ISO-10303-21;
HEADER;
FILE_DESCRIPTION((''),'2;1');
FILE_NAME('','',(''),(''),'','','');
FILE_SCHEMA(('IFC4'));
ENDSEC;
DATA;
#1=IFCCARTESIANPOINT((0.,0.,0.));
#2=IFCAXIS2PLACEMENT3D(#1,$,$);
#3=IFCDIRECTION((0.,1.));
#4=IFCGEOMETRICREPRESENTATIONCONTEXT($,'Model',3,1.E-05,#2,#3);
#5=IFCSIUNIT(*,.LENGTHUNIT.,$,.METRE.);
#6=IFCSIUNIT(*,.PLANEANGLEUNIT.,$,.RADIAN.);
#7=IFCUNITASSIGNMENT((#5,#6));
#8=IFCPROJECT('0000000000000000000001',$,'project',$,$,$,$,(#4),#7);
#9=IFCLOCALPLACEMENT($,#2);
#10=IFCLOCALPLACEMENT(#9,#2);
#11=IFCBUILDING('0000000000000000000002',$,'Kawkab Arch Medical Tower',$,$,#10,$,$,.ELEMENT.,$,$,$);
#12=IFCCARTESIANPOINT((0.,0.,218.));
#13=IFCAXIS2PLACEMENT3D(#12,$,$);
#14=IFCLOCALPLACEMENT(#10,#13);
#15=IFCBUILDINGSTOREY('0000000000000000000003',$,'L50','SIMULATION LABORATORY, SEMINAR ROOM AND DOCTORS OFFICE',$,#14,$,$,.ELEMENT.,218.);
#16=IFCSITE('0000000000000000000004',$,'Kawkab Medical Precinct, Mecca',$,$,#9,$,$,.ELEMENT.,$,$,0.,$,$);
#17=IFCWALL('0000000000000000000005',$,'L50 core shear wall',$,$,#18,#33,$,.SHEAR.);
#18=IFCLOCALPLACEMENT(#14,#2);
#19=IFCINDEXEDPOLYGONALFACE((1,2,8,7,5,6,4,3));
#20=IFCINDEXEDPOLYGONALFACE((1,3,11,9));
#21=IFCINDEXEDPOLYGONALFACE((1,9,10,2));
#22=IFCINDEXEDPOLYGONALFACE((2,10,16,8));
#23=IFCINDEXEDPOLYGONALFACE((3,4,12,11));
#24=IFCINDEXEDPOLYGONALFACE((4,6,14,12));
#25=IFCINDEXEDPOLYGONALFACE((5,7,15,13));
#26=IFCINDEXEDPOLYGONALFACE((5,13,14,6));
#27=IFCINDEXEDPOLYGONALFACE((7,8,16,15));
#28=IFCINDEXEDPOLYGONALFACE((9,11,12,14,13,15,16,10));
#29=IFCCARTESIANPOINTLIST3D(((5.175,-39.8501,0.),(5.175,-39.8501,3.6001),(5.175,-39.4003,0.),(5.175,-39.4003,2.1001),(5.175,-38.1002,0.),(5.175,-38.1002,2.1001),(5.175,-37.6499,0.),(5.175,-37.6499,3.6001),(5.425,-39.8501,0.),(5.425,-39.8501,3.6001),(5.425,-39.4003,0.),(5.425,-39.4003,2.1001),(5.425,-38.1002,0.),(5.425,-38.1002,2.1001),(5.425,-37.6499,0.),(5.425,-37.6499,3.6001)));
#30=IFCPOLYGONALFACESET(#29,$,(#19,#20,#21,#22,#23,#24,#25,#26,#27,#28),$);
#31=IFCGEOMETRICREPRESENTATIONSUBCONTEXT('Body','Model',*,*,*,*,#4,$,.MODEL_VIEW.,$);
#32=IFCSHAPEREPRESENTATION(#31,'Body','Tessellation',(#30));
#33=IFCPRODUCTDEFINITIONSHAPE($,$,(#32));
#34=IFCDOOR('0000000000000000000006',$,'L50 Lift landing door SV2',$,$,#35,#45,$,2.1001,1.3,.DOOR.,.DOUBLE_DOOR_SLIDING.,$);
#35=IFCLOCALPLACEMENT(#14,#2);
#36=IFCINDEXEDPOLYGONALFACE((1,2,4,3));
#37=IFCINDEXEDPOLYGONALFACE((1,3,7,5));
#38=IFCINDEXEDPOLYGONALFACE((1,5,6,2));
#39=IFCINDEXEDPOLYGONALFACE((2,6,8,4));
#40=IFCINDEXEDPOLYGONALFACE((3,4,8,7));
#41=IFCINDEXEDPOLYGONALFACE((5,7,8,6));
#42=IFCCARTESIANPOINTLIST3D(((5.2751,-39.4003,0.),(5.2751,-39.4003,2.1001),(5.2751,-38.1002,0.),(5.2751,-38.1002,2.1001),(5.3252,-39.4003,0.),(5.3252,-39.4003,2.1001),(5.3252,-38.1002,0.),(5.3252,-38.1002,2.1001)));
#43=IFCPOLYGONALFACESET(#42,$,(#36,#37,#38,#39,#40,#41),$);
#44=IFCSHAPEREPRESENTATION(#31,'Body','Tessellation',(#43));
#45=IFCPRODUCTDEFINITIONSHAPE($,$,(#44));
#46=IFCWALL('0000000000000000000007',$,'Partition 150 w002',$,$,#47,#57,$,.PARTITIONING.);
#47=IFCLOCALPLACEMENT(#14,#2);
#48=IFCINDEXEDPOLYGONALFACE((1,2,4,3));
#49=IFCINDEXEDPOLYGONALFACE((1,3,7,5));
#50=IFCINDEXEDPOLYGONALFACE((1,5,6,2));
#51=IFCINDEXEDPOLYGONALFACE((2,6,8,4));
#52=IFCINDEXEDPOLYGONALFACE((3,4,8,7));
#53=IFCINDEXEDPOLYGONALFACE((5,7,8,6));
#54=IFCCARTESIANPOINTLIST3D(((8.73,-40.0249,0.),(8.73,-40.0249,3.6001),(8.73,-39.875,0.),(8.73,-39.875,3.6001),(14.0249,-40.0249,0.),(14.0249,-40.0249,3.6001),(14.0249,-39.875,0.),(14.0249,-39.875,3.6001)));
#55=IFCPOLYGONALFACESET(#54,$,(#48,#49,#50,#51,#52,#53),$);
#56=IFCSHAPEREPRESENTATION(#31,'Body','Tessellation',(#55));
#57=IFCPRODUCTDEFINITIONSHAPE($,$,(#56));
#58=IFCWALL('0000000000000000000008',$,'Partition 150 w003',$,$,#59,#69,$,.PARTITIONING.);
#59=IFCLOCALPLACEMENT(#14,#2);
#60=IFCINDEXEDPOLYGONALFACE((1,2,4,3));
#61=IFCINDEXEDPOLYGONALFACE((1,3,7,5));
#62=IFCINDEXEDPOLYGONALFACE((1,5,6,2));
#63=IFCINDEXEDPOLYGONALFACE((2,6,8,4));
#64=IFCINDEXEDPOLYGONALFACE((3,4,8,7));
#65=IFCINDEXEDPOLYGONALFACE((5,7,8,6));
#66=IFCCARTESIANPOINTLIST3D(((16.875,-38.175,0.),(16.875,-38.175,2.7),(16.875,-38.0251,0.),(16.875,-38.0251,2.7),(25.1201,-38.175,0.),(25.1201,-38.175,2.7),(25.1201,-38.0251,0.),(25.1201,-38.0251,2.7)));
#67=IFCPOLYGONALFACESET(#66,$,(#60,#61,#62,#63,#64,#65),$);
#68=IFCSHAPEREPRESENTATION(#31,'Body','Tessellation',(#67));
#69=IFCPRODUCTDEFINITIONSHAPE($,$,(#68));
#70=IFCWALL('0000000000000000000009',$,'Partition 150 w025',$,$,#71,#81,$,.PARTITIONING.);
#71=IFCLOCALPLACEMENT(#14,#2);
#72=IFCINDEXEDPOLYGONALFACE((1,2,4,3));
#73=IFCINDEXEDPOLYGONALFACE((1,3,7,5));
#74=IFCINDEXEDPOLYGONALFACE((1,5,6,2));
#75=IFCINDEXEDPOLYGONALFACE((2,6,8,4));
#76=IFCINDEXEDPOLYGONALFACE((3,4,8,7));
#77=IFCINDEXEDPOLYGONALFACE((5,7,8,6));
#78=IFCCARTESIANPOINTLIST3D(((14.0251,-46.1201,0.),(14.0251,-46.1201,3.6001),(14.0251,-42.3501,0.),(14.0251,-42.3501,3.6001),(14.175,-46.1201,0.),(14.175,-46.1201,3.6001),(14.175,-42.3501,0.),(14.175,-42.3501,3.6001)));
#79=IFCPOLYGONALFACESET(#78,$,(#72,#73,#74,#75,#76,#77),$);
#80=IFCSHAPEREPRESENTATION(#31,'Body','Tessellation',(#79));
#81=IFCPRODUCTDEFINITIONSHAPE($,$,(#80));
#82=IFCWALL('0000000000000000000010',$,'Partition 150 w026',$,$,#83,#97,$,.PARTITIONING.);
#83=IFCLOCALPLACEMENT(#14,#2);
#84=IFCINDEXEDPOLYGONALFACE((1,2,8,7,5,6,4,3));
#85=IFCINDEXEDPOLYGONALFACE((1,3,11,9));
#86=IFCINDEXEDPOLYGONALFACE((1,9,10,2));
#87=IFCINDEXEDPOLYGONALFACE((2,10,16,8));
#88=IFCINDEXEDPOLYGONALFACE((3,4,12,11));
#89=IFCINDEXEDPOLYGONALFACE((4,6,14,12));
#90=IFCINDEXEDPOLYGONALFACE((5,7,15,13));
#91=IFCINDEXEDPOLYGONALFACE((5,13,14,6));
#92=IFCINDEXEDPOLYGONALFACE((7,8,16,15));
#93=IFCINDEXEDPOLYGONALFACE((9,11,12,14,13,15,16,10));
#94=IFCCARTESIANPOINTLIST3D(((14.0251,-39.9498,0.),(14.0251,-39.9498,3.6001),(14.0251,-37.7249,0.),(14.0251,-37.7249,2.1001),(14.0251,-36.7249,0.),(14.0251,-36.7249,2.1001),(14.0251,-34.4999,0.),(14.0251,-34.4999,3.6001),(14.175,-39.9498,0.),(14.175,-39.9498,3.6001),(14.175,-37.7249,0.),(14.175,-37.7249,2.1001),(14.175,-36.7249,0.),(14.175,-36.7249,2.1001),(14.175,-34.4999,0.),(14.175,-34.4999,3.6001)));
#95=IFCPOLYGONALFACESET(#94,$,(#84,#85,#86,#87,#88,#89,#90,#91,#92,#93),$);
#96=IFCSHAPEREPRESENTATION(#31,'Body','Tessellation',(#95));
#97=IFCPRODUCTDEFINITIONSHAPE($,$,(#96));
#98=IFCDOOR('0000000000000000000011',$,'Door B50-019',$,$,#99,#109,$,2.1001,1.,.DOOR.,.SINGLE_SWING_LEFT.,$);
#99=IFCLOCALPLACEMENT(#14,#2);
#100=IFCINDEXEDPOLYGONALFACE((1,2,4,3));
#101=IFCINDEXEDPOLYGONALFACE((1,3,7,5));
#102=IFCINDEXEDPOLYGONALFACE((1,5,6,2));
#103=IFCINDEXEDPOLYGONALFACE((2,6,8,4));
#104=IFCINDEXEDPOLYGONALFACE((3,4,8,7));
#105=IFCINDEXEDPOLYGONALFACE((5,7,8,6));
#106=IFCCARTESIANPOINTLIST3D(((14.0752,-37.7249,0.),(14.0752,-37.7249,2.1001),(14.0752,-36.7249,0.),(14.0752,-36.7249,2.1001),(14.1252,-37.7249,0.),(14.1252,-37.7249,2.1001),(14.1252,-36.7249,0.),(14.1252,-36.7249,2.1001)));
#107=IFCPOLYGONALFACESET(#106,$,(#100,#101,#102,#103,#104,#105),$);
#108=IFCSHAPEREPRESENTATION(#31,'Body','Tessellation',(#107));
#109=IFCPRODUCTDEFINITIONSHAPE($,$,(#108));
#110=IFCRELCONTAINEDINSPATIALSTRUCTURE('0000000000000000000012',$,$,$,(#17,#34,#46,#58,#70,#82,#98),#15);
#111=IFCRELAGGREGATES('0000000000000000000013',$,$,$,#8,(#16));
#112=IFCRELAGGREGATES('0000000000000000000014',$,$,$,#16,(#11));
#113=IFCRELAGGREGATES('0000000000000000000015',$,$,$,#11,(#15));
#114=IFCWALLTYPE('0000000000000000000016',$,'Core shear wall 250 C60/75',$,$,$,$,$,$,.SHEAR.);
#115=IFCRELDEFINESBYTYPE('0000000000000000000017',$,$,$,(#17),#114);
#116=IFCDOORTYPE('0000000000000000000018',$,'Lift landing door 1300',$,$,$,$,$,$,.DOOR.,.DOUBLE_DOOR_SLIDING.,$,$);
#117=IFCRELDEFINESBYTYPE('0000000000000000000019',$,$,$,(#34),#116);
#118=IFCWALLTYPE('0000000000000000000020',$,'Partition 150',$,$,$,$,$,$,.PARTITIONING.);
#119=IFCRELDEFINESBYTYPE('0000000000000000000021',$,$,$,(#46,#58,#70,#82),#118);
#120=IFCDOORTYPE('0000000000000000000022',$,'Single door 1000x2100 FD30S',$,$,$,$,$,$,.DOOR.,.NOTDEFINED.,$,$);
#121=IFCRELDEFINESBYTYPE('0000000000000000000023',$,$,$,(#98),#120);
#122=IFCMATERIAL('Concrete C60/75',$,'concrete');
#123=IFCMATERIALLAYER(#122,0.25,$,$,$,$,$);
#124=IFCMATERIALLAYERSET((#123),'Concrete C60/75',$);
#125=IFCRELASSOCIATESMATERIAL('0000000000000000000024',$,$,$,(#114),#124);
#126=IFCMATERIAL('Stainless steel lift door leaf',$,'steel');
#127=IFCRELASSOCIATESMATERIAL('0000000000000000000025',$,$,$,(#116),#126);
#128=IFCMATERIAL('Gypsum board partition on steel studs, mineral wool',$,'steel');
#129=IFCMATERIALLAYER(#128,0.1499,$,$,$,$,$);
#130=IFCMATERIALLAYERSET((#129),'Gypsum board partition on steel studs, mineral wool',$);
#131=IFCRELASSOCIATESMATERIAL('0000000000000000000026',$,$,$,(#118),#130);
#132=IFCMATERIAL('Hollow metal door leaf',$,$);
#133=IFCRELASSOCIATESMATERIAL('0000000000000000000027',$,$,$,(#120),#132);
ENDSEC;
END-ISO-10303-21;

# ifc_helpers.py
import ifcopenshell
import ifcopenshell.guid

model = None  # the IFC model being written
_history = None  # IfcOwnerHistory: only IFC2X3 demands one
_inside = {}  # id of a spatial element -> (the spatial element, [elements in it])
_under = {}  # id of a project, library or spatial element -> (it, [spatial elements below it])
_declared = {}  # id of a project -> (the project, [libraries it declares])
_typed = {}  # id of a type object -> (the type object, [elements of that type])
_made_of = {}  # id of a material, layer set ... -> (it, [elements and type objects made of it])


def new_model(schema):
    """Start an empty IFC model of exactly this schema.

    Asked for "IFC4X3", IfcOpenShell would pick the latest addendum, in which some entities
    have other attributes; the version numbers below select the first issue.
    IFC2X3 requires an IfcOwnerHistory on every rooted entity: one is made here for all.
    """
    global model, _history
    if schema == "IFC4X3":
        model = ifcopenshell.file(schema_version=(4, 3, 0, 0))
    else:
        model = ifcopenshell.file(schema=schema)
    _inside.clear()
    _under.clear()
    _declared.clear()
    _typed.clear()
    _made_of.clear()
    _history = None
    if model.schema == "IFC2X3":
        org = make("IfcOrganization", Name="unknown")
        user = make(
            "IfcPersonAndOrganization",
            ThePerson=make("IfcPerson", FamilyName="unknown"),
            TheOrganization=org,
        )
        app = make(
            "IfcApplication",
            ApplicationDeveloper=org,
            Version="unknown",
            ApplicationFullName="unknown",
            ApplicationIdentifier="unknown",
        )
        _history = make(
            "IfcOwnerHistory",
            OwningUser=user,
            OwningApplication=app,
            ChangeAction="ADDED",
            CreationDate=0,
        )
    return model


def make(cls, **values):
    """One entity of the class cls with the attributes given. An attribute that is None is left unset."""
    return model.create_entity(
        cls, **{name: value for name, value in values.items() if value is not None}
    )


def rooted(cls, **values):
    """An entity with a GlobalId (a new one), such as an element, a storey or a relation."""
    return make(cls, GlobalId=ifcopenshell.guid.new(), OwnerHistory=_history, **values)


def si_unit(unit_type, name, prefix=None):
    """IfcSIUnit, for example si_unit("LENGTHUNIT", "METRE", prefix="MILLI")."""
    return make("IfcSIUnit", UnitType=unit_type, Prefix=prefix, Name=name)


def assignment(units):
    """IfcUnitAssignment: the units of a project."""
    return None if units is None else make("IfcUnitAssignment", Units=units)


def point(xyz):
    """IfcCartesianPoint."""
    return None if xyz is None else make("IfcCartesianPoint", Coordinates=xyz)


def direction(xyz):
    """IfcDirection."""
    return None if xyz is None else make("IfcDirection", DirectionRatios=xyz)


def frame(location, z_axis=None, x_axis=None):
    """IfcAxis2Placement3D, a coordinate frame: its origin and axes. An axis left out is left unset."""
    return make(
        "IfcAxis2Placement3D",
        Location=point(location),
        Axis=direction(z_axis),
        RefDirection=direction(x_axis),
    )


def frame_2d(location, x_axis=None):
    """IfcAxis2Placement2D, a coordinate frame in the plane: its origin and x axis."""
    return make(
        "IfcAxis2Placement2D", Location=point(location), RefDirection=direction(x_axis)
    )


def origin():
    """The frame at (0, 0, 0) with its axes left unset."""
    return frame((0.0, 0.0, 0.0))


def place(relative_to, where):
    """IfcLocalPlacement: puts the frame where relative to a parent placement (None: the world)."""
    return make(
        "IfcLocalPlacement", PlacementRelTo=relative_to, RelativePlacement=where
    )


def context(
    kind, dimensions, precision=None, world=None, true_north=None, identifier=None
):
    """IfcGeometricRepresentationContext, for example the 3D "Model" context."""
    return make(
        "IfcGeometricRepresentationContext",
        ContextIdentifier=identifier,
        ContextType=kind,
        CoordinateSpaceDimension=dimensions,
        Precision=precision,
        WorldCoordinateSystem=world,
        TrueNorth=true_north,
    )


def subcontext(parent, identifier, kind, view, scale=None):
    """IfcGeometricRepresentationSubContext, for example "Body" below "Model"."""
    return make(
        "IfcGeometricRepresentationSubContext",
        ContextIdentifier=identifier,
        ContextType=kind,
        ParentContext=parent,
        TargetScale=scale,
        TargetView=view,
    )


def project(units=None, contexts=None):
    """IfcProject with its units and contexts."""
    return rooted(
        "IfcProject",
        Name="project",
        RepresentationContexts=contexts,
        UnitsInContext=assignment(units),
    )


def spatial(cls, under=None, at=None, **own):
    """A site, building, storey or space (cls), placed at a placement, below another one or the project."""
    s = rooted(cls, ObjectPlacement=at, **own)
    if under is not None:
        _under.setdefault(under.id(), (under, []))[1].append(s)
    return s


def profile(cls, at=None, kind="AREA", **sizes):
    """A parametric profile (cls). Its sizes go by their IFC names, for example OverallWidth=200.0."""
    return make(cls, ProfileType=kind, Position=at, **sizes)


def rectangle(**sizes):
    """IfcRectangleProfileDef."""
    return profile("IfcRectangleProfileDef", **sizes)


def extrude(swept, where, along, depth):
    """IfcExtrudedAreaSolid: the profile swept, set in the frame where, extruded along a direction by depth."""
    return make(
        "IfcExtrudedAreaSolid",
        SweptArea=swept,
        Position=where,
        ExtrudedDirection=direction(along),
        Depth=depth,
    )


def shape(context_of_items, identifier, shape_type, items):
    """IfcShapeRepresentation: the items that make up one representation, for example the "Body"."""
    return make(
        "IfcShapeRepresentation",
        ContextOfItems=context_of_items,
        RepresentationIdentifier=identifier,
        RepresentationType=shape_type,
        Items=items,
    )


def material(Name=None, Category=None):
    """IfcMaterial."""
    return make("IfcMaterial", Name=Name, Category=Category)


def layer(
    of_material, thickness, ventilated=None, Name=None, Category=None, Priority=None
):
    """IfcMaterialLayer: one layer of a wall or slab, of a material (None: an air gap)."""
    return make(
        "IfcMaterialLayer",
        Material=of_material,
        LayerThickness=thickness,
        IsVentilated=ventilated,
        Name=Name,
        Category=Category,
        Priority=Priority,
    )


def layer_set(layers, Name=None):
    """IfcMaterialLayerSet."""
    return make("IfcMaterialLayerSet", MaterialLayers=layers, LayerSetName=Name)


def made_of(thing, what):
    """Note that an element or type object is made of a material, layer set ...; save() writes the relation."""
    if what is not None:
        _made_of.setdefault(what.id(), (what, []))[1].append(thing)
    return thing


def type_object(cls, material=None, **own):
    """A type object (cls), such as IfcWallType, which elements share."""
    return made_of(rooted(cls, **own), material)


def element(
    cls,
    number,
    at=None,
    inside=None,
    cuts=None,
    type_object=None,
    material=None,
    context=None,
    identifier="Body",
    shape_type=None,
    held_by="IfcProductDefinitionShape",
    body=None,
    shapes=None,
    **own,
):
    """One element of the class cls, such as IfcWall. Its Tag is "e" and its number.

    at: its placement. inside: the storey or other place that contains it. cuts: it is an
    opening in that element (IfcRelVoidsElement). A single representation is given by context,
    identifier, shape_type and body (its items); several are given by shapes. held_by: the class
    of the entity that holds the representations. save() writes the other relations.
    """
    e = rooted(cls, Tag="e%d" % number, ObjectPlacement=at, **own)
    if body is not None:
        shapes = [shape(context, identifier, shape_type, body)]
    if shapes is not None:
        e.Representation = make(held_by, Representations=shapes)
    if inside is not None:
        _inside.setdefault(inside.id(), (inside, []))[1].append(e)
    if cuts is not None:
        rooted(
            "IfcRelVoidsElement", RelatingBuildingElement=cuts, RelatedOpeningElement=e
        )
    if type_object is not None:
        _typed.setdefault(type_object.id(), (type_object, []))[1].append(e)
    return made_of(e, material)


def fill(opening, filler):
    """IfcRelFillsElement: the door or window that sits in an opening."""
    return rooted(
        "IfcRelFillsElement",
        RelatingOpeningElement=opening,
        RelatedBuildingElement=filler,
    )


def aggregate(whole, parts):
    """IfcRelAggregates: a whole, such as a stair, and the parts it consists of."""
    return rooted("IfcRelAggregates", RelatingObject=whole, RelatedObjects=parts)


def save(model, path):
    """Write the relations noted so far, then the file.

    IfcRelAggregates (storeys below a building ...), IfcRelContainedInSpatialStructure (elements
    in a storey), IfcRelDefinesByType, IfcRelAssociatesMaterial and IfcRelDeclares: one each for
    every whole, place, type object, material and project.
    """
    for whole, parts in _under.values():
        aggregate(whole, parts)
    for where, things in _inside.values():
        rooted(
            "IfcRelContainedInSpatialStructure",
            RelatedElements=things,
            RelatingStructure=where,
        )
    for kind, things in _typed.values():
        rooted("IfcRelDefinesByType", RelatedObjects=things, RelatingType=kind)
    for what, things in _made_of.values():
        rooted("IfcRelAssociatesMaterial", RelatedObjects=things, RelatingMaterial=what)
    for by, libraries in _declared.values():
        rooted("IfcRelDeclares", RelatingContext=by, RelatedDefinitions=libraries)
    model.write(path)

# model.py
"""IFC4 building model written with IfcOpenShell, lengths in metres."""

from ifc_helpers import new_model, si_unit, direction, frame, frame_2d, origin, place, context, subcontext, project, spatial, rectangle, extrude, material, layer, layer_set, type_object, element, fill, save


model = new_model("IFC4")

# Units and contexts
model_context = context("Model", 3, precision=1e-05, world=origin(), true_north=direction((0.0, 1.0)))
body_context = subcontext(model_context, "Body", "Model", "MODEL_VIEW")
ifc_project = project(units=[si_unit("LENGTHUNIT", "METRE"), si_unit("PLANEANGLEUNIT", "RADIAN")], contexts=[model_context])

# Site, building, storey
site_placement = place(None, origin())
site = spatial("IfcSite", under=ifc_project, at=site_placement, Name="Kawkab Medical Precinct, Mecca", CompositionType="ELEMENT", RefElevation=0.0)
building_placement = place(site_placement, origin())
building = spatial("IfcBuilding", under=site, at=building_placement, Name="Kawkab Arch Medical Tower", CompositionType="ELEMENT")
storey_placement = place(building_placement, frame((0.0, 0.0, 218.0)))
storey = spatial("IfcBuildingStorey", under=building, at=storey_placement, Name="L50", Description="SIMULATION LABORATORY, SEMINAR ROOM AND DOCTORS OFFICE", CompositionType="ELEMENT", Elevation=218.0)

# Wall, opening, door
ifc_material_1 = material(Name="Concrete C60/75", Category="concrete")
ifc_layer_1 = layer(ifc_material_1, 0.25)
ifc_layer_set_1 = layer_set([ifc_layer_1], Name="Concrete C60/75")
wall_type_1 = type_object("IfcWallType", Name="Core shear wall 250 C60/75", PredefinedType="SHEAR", material=ifc_layer_set_1)
wall_1_placement = place(storey_placement, frame((5.3, -39.8501, 0.0), z_axis=(0.0, 0.0, 1.0), x_axis=(0.0, 1.0, 0.0)))
wall_1 = element("IfcWall", 1, at=wall_1_placement, inside=storey, type_object=wall_type_1, Name="L50 core shear wall", PredefinedType="SHEAR", context=body_context, shape_type="SweptSolid", body=[
    extrude(rectangle(XDim=2.2002, YDim=0.25, at=frame_2d((1.1001, 0.0))), origin(), (0.0, 0.0, 1.0), 3.6001),
])
opening_1_placement = place(wall_1_placement, frame((0.45, 0.0, 0.0)))
opening_1 = element("IfcOpeningElement", 2, at=opening_1_placement, cuts=wall_1, PredefinedType="OPENING", context=body_context, shape_type="SweptSolid", body=[
    extrude(rectangle(XDim=1.3, YDim=2.1001, at=frame_2d((0.6499, 1.05))), frame((0.0, 0.135, 0.0), z_axis=(0.0, -1.0, 0.0), x_axis=(1.0, 0.0, 0.0)), (0.0, 0.0, 1.0), 0.27),
])
ifc_material_2 = material(Name="Stainless steel lift door leaf", Category="steel")
door_type_1 = type_object("IfcDoorType", Name="Lift landing door 1300", OperationType="DOUBLE_DOOR_SLIDING", PredefinedType="DOOR", material=ifc_material_2)
door_1_placement = place(opening_1_placement, origin())
door_1 = element("IfcDoor", 3, at=door_1_placement, inside=storey, type_object=door_type_1, Name="L50 Lift landing door SV2", OperationType="DOUBLE_DOOR_SLIDING", OverallHeight=2.1001, OverallWidth=1.3, PredefinedType="DOOR", context=body_context, shape_type="SweptSolid", body=[
    extrude(rectangle(XDim=1.3, YDim=2.1001, at=frame_2d((0.6499, 1.05))), frame((0.0, 0.0249, 0.0), z_axis=(0.0, -1.0, 0.0), x_axis=(1.0, 0.0, 0.0)), (0.0, 0.0, 1.0), 0.05),
])
fill(opening_1, door_1)

# Walls
ifc_material_3 = material(Name="Gypsum board partition on steel studs, mineral wool", Category="steel")
ifc_layer_2 = layer(ifc_material_3, 0.1499)
ifc_layer_set_2 = layer_set([ifc_layer_2], Name="Gypsum board partition on steel studs, mineral wool")
wall_type_2 = type_object("IfcWallType", Name="Partition 150", PredefinedType="PARTITIONING", material=ifc_layer_set_2)
wall_2_placement = place(storey_placement, frame((8.73, -39.95, 0.0), z_axis=(0.0, 0.0, 1.0), x_axis=(1.0, 0.0, 0.0)))
element("IfcWall", 4, at=wall_2_placement, inside=storey, type_object=wall_type_2, Name="Partition 150 w002", PredefinedType="PARTITIONING", context=body_context, shape_type="SweptSolid", body=[
    extrude(rectangle(XDim=5.2949, YDim=0.1499, at=frame_2d((2.6475, 0.0))), origin(), (0.0, 0.0, 1.0), 3.6001),
])
wall_3_placement = place(storey_placement, frame((16.875, -38.1001, 0.0), z_axis=(0.0, 0.0, 1.0), x_axis=(1.0, 0.0, 0.0)))
element("IfcWall", 5, at=wall_3_placement, inside=storey, type_object=wall_type_2, Name="Partition 150 w003", PredefinedType="PARTITIONING", context=body_context, shape_type="SweptSolid", body=[
    extrude(rectangle(XDim=8.2451, YDim=0.1499, at=frame_2d((4.1226, 0.0))), origin(), (0.0, 0.0, 1.0), 2.7),
])
wall_4_placement = place(storey_placement, frame((14.1001, -46.1201, 0.0), z_axis=(0.0, 0.0, 1.0), x_axis=(0.0, 1.0, 0.0)))
element("IfcWall", 6, at=wall_4_placement, inside=storey, type_object=wall_type_2, Name="Partition 150 w025", PredefinedType="PARTITIONING", context=body_context, shape_type="SweptSolid", body=[
    extrude(rectangle(XDim=3.77, YDim=0.1499, at=frame_2d((1.885, 0.0))), origin(), (0.0, 0.0, 1.0), 3.6001),
])

# Wall, opening, door
wall_5_placement = place(storey_placement, frame((14.1001, -39.95, 0.0), z_axis=(0.0, 0.0, 1.0), x_axis=(0.0, 1.0, 0.0)))
wall_5 = element("IfcWall", 7, at=wall_5_placement, inside=storey, type_object=wall_type_2, Name="Partition 150 w026", PredefinedType="PARTITIONING", context=body_context, shape_type="SweptSolid", body=[
    extrude(rectangle(XDim=5.45, YDim=0.1499, at=frame_2d((2.7251, 0.0))), origin(), (0.0, 0.0, 1.0), 3.6001),
])
opening_2_placement = place(wall_5_placement, frame((2.2251, 0.0, 0.0)))
opening_2 = element("IfcOpeningElement", 8, at=opening_2_placement, cuts=wall_5, PredefinedType="OPENING", context=body_context, shape_type="SweptSolid", body=[
    extrude(rectangle(XDim=1.0, YDim=2.1001, at=frame_2d((0.5, 1.05))), frame((0.0, 0.085, 0.0), z_axis=(0.0, -1.0, 0.0), x_axis=(1.0, 0.0, 0.0)), (0.0, 0.0, 1.0), 0.1699),
])
ifc_material_4 = material(Name="Hollow metal door leaf")
door_type_2 = type_object("IfcDoorType", Name="Single door 1000x2100 FD30S", OperationType="NOTDEFINED", PredefinedType="DOOR", material=ifc_material_4)
door_2_placement = place(opening_2_placement, origin())
door_2 = element("IfcDoor", 9, at=door_2_placement, inside=storey, type_object=door_type_2, Name="Door B50-019", OperationType="SINGLE_SWING_LEFT", OverallHeight=2.1001, OverallWidth=1.0, PredefinedType="DOOR", context=body_context, shape_type="SweptSolid", body=[
    extrude(rectangle(XDim=1.0, YDim=2.1001, at=frame_2d((0.5, 1.05))), frame((0.0, 0.0249, 0.0), z_axis=(0.0, -1.0, 0.0), x_axis=(1.0, 0.0, 0.0)), (0.0, 0.0, 1.0), 0.05),
])
fill(opening_2, door_2)

save(model, "model.ifc")
